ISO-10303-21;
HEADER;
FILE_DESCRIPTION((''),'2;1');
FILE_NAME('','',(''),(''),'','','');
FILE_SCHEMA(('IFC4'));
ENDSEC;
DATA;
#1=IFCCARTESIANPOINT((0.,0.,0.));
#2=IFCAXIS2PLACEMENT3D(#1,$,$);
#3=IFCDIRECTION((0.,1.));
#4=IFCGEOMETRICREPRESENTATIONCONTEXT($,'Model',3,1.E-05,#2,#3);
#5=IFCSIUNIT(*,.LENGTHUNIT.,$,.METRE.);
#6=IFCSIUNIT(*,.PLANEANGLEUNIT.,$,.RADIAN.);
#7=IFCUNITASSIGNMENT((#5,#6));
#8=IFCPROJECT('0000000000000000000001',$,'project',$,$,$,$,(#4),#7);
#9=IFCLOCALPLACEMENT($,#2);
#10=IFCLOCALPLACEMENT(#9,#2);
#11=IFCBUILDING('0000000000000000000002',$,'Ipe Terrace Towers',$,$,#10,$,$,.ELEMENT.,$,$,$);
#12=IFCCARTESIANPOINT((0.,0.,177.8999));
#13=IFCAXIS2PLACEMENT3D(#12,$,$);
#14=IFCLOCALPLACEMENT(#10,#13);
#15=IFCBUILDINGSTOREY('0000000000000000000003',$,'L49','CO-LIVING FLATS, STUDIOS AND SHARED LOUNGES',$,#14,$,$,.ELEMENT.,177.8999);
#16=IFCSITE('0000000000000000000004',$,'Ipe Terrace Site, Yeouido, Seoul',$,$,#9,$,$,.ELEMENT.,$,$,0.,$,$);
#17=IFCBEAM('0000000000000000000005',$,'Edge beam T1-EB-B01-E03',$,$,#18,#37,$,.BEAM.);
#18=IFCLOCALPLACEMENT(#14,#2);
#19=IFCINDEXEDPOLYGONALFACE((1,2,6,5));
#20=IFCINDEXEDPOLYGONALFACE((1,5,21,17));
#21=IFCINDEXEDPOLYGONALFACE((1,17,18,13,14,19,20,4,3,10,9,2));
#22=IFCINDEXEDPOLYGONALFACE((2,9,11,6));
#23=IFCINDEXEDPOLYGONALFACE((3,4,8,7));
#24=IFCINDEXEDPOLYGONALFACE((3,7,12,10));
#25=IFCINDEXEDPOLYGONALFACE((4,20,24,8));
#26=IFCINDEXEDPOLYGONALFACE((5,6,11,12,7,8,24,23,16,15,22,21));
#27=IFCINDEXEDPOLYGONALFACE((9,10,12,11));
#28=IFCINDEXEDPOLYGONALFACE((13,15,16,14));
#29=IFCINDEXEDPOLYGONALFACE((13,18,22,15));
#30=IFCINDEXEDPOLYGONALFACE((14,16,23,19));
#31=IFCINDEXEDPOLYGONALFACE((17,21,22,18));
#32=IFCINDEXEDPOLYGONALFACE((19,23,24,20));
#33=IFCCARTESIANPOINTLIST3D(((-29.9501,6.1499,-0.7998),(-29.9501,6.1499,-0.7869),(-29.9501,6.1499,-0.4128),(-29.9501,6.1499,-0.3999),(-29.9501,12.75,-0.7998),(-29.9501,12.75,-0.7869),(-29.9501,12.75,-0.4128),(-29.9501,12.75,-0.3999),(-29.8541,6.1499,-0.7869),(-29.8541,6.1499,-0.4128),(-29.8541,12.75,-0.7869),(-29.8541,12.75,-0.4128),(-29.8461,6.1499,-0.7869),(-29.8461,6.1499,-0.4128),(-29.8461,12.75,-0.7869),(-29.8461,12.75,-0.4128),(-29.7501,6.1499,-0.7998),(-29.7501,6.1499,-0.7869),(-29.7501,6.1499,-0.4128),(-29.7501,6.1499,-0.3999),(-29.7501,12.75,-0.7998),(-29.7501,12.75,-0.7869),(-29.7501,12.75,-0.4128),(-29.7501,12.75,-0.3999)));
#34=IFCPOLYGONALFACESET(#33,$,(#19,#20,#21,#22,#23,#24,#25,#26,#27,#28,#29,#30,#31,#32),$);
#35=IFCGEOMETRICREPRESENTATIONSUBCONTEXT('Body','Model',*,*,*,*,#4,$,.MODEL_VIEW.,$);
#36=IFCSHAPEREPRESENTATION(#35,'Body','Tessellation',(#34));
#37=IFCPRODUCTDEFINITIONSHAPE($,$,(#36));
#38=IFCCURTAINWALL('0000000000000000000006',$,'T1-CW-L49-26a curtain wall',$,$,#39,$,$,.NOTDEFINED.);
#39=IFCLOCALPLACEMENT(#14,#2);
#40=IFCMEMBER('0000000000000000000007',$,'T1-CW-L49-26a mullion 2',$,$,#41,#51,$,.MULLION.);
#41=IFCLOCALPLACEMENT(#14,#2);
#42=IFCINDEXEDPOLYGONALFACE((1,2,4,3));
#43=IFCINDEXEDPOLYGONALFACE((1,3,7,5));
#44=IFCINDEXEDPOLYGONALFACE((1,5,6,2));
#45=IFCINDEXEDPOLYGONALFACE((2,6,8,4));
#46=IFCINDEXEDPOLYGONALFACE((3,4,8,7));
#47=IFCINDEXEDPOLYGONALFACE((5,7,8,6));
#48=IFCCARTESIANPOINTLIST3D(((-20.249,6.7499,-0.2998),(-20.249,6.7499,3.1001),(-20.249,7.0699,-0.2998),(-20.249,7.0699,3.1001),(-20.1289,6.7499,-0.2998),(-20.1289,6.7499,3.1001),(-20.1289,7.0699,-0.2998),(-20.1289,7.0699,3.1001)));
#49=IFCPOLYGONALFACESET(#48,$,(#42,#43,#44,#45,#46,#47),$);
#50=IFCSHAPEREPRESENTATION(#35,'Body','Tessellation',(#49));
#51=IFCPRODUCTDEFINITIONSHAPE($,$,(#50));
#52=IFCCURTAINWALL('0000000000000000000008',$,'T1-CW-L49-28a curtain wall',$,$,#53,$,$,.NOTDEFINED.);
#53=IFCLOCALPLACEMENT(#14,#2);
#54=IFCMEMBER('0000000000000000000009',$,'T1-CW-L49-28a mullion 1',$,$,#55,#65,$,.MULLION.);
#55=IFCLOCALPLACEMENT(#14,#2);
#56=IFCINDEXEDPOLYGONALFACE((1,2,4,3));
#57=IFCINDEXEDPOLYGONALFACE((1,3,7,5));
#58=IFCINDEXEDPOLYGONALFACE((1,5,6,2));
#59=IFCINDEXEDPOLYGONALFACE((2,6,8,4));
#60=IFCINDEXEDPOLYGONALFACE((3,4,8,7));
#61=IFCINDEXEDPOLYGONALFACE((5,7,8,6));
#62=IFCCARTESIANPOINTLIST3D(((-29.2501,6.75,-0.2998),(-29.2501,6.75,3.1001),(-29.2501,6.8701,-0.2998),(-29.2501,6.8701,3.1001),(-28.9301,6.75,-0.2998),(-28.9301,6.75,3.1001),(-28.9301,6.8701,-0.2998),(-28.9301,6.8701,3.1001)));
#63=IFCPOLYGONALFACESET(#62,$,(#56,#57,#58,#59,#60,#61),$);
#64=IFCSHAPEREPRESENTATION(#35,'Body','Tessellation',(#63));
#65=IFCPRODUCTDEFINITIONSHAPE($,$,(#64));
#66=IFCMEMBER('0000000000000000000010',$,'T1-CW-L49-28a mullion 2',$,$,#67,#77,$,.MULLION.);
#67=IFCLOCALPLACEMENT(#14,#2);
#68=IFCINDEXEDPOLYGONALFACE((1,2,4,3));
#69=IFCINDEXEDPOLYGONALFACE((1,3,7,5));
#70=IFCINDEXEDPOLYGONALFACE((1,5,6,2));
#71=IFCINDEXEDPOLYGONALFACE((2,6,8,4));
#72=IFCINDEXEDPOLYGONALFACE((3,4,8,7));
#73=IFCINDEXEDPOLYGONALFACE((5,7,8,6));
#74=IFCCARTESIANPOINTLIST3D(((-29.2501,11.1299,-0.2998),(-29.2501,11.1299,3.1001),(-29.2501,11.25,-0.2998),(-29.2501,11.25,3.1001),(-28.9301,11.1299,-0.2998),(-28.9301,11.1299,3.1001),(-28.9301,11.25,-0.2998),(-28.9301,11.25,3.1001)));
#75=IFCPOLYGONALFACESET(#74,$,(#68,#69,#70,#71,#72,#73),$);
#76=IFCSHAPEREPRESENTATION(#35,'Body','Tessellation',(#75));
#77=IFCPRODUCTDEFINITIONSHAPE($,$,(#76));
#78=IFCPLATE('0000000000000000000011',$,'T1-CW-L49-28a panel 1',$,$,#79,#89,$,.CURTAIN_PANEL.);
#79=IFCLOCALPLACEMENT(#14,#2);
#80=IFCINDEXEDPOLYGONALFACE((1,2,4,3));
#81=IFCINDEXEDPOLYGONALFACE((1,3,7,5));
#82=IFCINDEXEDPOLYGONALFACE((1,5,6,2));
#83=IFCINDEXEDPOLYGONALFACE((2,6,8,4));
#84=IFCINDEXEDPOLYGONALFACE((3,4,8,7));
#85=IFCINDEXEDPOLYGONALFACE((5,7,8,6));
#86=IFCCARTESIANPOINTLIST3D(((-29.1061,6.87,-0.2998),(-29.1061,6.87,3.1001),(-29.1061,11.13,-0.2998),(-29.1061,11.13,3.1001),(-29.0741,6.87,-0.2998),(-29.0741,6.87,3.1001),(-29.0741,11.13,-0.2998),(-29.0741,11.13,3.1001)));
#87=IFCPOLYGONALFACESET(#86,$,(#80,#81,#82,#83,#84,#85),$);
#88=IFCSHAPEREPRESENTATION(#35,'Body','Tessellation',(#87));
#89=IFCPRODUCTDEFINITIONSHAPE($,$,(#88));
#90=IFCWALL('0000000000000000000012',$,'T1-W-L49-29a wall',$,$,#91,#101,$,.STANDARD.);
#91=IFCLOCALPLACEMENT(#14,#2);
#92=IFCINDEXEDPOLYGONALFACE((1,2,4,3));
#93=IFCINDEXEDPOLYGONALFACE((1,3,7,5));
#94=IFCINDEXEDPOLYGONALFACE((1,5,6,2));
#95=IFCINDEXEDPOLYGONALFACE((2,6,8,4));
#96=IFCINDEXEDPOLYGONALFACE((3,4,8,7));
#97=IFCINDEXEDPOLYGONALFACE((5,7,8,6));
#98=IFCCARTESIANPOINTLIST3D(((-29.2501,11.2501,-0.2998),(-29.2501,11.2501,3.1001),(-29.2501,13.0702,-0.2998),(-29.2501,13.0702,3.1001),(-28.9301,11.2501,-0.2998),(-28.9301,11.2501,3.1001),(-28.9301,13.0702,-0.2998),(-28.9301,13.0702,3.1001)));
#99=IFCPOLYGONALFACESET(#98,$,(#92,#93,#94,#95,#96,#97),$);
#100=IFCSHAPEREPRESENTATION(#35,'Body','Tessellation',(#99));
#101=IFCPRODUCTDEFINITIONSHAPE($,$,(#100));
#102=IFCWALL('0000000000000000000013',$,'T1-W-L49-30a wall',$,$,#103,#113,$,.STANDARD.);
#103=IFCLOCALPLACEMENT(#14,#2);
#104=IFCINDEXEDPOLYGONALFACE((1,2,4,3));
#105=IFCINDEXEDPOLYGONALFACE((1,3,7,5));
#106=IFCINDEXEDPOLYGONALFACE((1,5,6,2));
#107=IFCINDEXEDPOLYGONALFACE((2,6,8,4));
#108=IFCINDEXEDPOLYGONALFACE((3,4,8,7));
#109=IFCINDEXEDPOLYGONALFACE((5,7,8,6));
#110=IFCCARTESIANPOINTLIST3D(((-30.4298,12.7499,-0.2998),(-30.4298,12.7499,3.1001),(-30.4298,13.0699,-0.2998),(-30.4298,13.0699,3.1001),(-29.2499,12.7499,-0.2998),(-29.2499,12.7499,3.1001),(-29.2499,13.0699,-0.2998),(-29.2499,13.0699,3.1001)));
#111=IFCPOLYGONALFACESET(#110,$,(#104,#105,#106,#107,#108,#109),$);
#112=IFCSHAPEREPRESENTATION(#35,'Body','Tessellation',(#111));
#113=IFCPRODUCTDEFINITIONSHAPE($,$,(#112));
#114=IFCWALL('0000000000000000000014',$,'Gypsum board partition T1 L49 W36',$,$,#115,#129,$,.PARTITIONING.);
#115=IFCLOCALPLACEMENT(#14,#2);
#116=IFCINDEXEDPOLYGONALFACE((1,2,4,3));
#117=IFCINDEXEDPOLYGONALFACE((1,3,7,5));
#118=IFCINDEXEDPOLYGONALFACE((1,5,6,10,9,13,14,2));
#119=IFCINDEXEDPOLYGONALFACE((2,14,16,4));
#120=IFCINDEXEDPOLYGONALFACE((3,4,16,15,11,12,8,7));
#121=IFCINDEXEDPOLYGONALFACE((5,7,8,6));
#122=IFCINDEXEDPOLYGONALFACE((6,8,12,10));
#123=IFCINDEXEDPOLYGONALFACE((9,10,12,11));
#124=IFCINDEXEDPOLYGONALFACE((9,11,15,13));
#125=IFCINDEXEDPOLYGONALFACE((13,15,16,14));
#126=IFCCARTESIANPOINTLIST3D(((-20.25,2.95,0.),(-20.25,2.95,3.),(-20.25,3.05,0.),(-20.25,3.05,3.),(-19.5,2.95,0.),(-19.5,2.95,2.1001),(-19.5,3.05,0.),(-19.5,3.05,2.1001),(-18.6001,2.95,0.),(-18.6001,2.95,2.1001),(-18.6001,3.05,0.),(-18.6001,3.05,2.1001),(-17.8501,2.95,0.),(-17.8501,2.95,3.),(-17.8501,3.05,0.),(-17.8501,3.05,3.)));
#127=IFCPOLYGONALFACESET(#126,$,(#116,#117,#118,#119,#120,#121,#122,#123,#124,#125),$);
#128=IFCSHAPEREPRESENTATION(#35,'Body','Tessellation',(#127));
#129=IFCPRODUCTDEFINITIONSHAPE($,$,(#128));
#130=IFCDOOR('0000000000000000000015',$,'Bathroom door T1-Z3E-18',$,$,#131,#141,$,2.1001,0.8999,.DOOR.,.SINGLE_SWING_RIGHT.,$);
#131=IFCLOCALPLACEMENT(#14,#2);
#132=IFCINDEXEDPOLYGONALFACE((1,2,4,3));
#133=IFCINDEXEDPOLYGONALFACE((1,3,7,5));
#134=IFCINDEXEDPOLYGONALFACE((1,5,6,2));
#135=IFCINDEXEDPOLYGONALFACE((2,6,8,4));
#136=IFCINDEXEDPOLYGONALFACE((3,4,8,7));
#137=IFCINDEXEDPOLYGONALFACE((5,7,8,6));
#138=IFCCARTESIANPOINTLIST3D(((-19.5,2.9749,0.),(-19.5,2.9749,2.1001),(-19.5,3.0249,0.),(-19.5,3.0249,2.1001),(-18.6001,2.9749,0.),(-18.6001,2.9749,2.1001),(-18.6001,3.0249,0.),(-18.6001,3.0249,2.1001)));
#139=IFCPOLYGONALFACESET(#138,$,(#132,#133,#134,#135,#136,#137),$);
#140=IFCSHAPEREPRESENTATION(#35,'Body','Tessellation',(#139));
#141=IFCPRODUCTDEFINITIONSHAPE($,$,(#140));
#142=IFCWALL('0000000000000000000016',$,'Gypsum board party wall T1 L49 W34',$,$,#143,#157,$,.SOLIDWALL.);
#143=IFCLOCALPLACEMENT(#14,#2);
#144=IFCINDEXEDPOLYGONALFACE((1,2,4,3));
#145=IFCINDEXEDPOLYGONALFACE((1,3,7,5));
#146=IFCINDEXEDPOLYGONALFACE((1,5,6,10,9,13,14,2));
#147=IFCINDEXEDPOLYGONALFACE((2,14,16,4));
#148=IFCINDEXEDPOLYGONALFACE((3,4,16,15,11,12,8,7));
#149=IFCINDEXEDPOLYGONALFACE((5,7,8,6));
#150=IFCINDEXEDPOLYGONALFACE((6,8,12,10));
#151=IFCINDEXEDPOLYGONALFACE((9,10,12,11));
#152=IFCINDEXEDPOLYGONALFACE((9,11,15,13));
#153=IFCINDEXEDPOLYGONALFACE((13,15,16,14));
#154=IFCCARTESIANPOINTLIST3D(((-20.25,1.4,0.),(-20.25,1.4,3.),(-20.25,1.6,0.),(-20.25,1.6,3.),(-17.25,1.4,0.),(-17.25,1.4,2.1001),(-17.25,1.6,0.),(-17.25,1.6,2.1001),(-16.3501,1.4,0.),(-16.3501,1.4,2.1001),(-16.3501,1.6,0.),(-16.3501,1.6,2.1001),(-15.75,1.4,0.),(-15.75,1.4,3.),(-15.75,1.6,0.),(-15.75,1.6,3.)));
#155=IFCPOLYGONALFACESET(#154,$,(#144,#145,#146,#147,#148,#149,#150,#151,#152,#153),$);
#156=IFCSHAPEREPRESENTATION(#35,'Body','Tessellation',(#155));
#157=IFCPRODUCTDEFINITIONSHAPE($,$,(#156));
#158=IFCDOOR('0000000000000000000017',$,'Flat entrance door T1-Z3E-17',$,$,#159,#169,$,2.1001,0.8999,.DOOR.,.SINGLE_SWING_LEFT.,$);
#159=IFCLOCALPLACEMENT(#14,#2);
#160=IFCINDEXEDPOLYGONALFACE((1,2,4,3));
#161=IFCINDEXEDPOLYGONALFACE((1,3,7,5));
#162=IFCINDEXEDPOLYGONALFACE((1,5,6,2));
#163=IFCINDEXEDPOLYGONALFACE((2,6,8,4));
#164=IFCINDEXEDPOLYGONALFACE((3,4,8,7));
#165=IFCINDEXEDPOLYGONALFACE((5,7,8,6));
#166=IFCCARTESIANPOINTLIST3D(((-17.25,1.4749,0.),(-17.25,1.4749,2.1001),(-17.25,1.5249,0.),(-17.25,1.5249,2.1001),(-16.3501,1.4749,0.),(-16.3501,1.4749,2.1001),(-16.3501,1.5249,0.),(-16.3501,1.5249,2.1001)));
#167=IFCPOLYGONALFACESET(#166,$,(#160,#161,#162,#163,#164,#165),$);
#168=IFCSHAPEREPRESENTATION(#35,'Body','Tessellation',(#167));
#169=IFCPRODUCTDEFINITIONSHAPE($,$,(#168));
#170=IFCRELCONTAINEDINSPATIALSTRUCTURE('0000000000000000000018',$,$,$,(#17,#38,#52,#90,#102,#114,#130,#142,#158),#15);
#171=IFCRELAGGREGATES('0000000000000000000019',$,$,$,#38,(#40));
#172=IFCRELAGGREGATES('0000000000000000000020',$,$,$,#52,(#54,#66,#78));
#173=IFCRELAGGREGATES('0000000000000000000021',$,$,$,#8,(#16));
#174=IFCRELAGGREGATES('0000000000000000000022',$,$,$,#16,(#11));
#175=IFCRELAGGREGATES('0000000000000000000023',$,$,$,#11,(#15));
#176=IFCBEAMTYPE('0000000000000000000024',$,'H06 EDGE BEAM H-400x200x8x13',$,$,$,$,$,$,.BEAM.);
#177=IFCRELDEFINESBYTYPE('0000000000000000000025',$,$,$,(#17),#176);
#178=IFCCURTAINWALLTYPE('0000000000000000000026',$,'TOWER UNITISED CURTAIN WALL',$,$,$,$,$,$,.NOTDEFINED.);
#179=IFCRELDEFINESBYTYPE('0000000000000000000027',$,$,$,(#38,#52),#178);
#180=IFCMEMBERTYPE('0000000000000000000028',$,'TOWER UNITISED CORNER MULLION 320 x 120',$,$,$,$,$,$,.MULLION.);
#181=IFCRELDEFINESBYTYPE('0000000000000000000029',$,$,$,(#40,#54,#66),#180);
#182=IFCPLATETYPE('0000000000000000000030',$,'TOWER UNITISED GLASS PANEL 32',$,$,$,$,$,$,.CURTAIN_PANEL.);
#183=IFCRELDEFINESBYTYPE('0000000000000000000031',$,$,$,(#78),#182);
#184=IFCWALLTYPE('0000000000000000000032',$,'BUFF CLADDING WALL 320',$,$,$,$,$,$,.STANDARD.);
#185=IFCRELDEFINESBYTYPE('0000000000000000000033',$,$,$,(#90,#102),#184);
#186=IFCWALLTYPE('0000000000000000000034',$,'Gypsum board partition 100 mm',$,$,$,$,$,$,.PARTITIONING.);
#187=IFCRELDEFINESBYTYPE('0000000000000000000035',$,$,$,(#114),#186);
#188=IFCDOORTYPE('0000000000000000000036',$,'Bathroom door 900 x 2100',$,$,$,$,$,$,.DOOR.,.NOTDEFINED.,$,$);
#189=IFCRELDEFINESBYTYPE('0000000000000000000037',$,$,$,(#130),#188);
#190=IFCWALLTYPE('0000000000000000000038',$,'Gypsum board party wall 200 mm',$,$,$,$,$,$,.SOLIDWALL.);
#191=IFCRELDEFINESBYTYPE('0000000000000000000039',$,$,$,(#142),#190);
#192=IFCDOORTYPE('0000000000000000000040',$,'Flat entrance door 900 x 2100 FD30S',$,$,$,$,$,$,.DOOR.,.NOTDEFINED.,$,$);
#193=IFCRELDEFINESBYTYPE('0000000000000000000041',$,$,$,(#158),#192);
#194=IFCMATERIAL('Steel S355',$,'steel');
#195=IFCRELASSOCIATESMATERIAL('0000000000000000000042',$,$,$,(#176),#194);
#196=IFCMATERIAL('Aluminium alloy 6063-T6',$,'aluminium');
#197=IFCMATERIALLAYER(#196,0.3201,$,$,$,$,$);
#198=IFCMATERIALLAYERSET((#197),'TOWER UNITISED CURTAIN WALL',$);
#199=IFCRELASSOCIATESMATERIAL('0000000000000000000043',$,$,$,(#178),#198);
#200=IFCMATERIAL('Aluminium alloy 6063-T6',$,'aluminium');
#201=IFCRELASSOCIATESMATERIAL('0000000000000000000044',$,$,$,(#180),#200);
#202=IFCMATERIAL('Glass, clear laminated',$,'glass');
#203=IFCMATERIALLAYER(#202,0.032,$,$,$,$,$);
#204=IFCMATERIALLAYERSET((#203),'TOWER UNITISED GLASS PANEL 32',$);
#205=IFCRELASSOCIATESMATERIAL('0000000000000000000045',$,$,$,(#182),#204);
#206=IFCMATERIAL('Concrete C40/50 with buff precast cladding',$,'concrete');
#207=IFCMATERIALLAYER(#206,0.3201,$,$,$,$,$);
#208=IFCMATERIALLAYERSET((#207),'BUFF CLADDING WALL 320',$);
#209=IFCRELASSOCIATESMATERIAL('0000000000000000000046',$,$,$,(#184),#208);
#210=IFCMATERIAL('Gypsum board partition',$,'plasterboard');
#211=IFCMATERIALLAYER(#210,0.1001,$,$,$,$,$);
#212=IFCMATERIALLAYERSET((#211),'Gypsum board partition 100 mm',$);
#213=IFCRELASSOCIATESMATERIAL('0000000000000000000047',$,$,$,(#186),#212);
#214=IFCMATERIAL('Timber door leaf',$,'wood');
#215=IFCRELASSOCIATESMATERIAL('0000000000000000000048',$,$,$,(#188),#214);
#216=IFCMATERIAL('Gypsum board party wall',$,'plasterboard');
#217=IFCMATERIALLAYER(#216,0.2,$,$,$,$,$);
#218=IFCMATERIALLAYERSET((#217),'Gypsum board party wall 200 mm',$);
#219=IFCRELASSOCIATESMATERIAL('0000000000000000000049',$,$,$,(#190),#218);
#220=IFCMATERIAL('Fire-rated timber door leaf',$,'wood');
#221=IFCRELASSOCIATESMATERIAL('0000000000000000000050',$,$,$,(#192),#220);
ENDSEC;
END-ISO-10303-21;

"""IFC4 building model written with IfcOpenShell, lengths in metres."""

from ifc_helpers import new_model, si_unit, direction, frame, frame_2d, origin, origin_2d, place, context, subcontext, project, spatial, rectangle, i_section, extrude, material, layer, layer_set, material_profile, profile_set, type_object, element, fill, aggregate, save


model = new_model("IFC4")

# Units and contexts
model_context = context("Model", 3, precision=1e-05, world=origin(), true_north=direction((0.0, 1.0)))
body_context = subcontext(model_context, "Body", "Model", "MODEL_VIEW")
ifc_project = project(units=[si_unit("LENGTHUNIT", "METRE"), si_unit("PLANEANGLEUNIT", "RADIAN")], contexts=[model_context])

# Site, building, storey
site_placement = place(None, origin())
site = spatial("IfcSite", under=ifc_project, at=site_placement, Name="Ipe Terrace Site, Yeouido, Seoul", CompositionType="ELEMENT", RefElevation=0.0)
building_placement = place(site_placement, origin())
building = spatial("IfcBuilding", under=site, at=building_placement, Name="Ipe Terrace Towers", CompositionType="ELEMENT")
storey_placement = place(building_placement, frame((0.0, 0.0, 177.8999)))
storey = spatial("IfcBuildingStorey", under=building, at=storey_placement, Name="L49", Description="CO-LIVING FLATS, STUDIOS AND SHARED LOUNGES", CompositionType="ELEMENT", Elevation=177.8999)

# Beam
ifc_material_1 = material(Name="Steel S355", Category="steel")
ifc_material_profile_1 = material_profile(ifc_material_1, i_section(OverallWidth=0.2, OverallDepth=0.3999, WebThickness=0.0081, FlangeThickness=0.0129, at=origin_2d()), Name="H-400x200x8x13")
ifc_profile_set_1 = profile_set([ifc_material_profile_1], Name="Steel S355")
beam_type = type_object("IfcBeamType", Name="H06 EDGE BEAM H-400x200x8x13", PredefinedType="BEAM", material=ifc_profile_set_1)
beam_1_placement = place(storey_placement, frame((-29.8501, 12.75, -0.5999), z_axis=(0.0, -1.0, 0.0), x_axis=(1.0, 0.0, 0.0)))
element("IfcBeam", 1, at=beam_1_placement, inside=storey, type_object=beam_type, Name="Edge beam T1-EB-B01-E03", PredefinedType="BEAM", context=body_context, shape_type="SweptSolid", body=[
    extrude(i_section(OverallWidth=0.2, OverallDepth=0.3999, WebThickness=0.0081, FlangeThickness=0.0129, at=origin_2d()), origin(), (0.0, 0.0, 1.0), 6.6001),
])

# Curtain wall, member
ifc_material_2 = material(Name="Aluminium alloy 6063-T6", Category="aluminium")
ifc_layer_1 = layer(ifc_material_2, 0.3201)
ifc_layer_set_1 = layer_set([ifc_layer_1], Name="TOWER UNITISED CURTAIN WALL")
curtain_wall_type = type_object("IfcCurtainWallType", Name="TOWER UNITISED CURTAIN WALL", PredefinedType="NOTDEFINED", material=ifc_layer_set_1)
curtain_wall_1_placement = place(storey_placement, origin())
curtain_wall_1 = element("IfcCurtainWall", 2, at=curtain_wall_1_placement, inside=storey, type_object=curtain_wall_type, Name="T1-CW-L49-26a curtain wall", PredefinedType="NOTDEFINED")
ifc_material_3 = material(Name="Aluminium alloy 6063-T6", Category="aluminium")
ifc_material_profile_2 = material_profile(ifc_material_3, rectangle(XDim=0.3201, YDim=0.1201, at=origin_2d()), Name="TOWER UNITISED CORNER MULLION 320 x 120")
ifc_profile_set_2 = profile_set([ifc_material_profile_2], Name="Aluminium alloy 6063-T6")
member_type = type_object("IfcMemberType", Name="TOWER UNITISED CORNER MULLION 320 x 120", PredefinedType="MULLION", material=ifc_profile_set_2)
member_1_placement = place(storey_placement, frame((-20.189, 6.9099, -0.2998), z_axis=(0.0, 0.0, 1.0), x_axis=(0.0, 1.0, 0.0)))
member_1 = element("IfcMember", 3, at=member_1_placement, type_object=member_type, Name="T1-CW-L49-26a mullion 2", PredefinedType="MULLION", context=body_context, shape_type="SweptSolid", body=[
    extrude(rectangle(XDim=0.3201, YDim=0.1201, at=origin_2d()), origin(), (0.0, 0.0, 1.0), 3.3999),
])
aggregate(curtain_wall_1, [member_1])

# Curtain wall, members, plate
curtain_wall_2_placement = place(storey_placement, origin())
curtain_wall_2 = element("IfcCurtainWall", 4, at=curtain_wall_2_placement, inside=storey, type_object=curtain_wall_type, Name="T1-CW-L49-28a curtain wall", PredefinedType="NOTDEFINED")
member_2_placement = place(storey_placement, frame((-29.0901, 6.8101, -0.2998), z_axis=(0.0, 0.0, 1.0), x_axis=(1.0, 0.0, 0.0)))
member_2 = element("IfcMember", 5, at=member_2_placement, type_object=member_type, Name="T1-CW-L49-28a mullion 1", PredefinedType="MULLION", context=body_context, shape_type="SweptSolid", body=[
    extrude(rectangle(XDim=0.3201, YDim=0.1201, at=origin_2d()), origin(), (0.0, 0.0, 1.0), 3.3999),
])
member_3_placement = place(storey_placement, frame((-29.0901, 11.1899, -0.2998), z_axis=(0.0, 0.0, 1.0), x_axis=(1.0, 0.0, 0.0)))
member_3 = element("IfcMember", 6, at=member_3_placement, type_object=member_type, Name="T1-CW-L49-28a mullion 2", PredefinedType="MULLION", context=body_context, shape_type="SweptSolid", body=[
    extrude(rectangle(XDim=0.3201, YDim=0.1201, at=origin_2d()), origin(), (0.0, 0.0, 1.0), 3.3999),
])
ifc_material_4 = material(Name="Glass, clear laminated", Category="glass")
ifc_layer_2 = layer(ifc_material_4, 0.032)
ifc_layer_set_2 = layer_set([ifc_layer_2], Name="TOWER UNITISED GLASS PANEL 32")
plate_type = type_object("IfcPlateType", Name="TOWER UNITISED GLASS PANEL 32", PredefinedType="CURTAIN_PANEL", material=ifc_layer_set_2)
plate_placement = place(storey_placement, frame((-29.0901, 9.0, -0.2998), z_axis=(0.0, 0.0, 1.0), x_axis=(0.0, 1.0, 0.0)))
plate = element("IfcPlate", 7, at=plate_placement, type_object=plate_type, Name="T1-CW-L49-28a panel 1", PredefinedType="CURTAIN_PANEL", context=body_context, shape_type="SweptSolid", body=[
    extrude(rectangle(XDim=4.26, YDim=0.032, at=origin_2d()), origin(), (0.0, 0.0, 1.0), 3.3999),
])
aggregate(curtain_wall_2, [member_2, member_3, plate])

# Walls
ifc_material_5 = material(Name="Concrete C40/50 with buff precast cladding", Category="concrete")
ifc_layer_3 = layer(ifc_material_5, 0.3201)
ifc_layer_set_3 = layer_set([ifc_layer_3], Name="BUFF CLADDING WALL 320")
wall_type_1 = type_object("IfcWallType", Name="BUFF CLADDING WALL 320", PredefinedType="STANDARD", material=ifc_layer_set_3)
wall_1_placement = place(storey_placement, frame((-29.0901, 11.25, -0.2998), z_axis=(0.0, 0.0, 1.0), x_axis=(0.0, 1.0, 0.0)))
element("IfcWall", 8, at=wall_1_placement, inside=storey, type_object=wall_type_1, Name="T1-W-L49-29a wall", PredefinedType="STANDARD", context=body_context, shape_type="SweptSolid", body=[
    extrude(rectangle(XDim=1.8201, YDim=0.3201, at=frame_2d((0.9102, 0.0))), origin(), (0.0, 0.0, 1.0), 3.3999),
])
wall_2_placement = place(storey_placement, frame((-29.25, 12.9099, -0.2998), z_axis=(0.0, 0.0, 1.0), x_axis=(-1.0, 0.0, 0.0)))
element("IfcWall", 9, at=wall_2_placement, inside=storey, type_object=wall_type_1, Name="T1-W-L49-30a wall", PredefinedType="STANDARD", context=body_context, shape_type="SweptSolid", body=[
    extrude(rectangle(XDim=1.1799, YDim=0.3201, at=frame_2d((0.5898, 0.0))), origin(), (0.0, 0.0, 1.0), 3.3999),
])

# Walls, openings, doors
ifc_material_6 = material(Name="Gypsum board partition", Category="plasterboard")
ifc_layer_4 = layer(ifc_material_6, 0.1001)
ifc_layer_set_4 = layer_set([ifc_layer_4], Name="Gypsum board partition 100 mm")
wall_type_2 = type_object("IfcWallType", Name="Gypsum board partition 100 mm", PredefinedType="PARTITIONING", material=ifc_layer_set_4)
wall_3_placement = place(storey_placement, frame((-20.25, 3.0, 0.0), z_axis=(0.0, 0.0, 1.0), x_axis=(1.0, 0.0, 0.0)))
wall_3 = element("IfcWall", 10, at=wall_3_placement, inside=storey, type_object=wall_type_2, Name="Gypsum board partition T1 L49 W36", PredefinedType="PARTITIONING", context=body_context, shape_type="SweptSolid", body=[
    extrude(rectangle(XDim=2.3999, YDim=0.1001, at=frame_2d((1.2, 0.0))), origin(), (0.0, 0.0, 1.0), 3.0),
])
opening_1_placement = place(wall_3_placement, frame((0.75, 0.0, 0.0)))
opening_1 = element("IfcOpeningElement", 11, at=opening_1_placement, cuts=wall_3, PredefinedType="OPENING", context=body_context, shape_type="SweptSolid", body=[
    extrude(rectangle(XDim=0.8999, YDim=2.1001, at=frame_2d((0.45, 1.05))), frame((0.0, 0.0601, 0.0), z_axis=(0.0, -1.0, 0.0), x_axis=(1.0, 0.0, 0.0)), (0.0, 0.0, 1.0), 0.1201),
])
ifc_material_7 = material(Name="Timber door leaf", Category="wood")
door_type_1 = type_object("IfcDoorType", Name="Bathroom door 900 x 2100", OperationType="NOTDEFINED", PredefinedType="DOOR", material=ifc_material_7)
door_1_placement = place(opening_1_placement, origin())
door_1 = element("IfcDoor", 12, at=door_1_placement, inside=storey, type_object=door_type_1, Name="Bathroom door T1-Z3E-18", OperationType="SINGLE_SWING_RIGHT", OverallHeight=2.1001, OverallWidth=0.8999, PredefinedType="DOOR", context=body_context, shape_type="SweptSolid", body=[
    extrude(rectangle(XDim=0.8999, YDim=2.1001, at=frame_2d((0.45, 1.05))), frame((0.0, 0.0249, 0.0), z_axis=(0.0, -1.0, 0.0), x_axis=(1.0, 0.0, 0.0)), (0.0, 0.0, 1.0), 0.05),
])
fill(opening_1, door_1)
ifc_material_8 = material(Name="Gypsum board party wall", Category="plasterboard")
ifc_layer_5 = layer(ifc_material_8, 0.2)
ifc_layer_set_5 = layer_set([ifc_layer_5], Name="Gypsum board party wall 200 mm")
wall_type_3 = type_object("IfcWallType", Name="Gypsum board party wall 200 mm", PredefinedType="SOLIDWALL", material=ifc_layer_set_5)
wall_4_placement = place(storey_placement, frame((-20.25, 1.5, 0.0), z_axis=(0.0, 0.0, 1.0), x_axis=(1.0, 0.0, 0.0)))
wall_4 = element("IfcWall", 13, at=wall_4_placement, inside=storey, type_object=wall_type_3, Name="Gypsum board party wall T1 L49 W34", PredefinedType="SOLIDWALL", context=body_context, shape_type="SweptSolid", body=[
    extrude(rectangle(XDim=4.5, YDim=0.2, at=frame_2d((2.25, 0.0))), origin(), (0.0, 0.0, 1.0), 3.0),
])
opening_2_placement = place(wall_4_placement, frame((3.0, 0.0, 0.0)))
opening_2 = element("IfcOpeningElement", 14, at=opening_2_placement, cuts=wall_4, PredefinedType="OPENING", context=body_context, shape_type="SweptSolid", body=[
    extrude(rectangle(XDim=0.8999, YDim=2.1001, at=frame_2d((0.45, 1.05))), frame((0.0, 0.1099, 0.0), z_axis=(0.0, -1.0, 0.0), x_axis=(1.0, 0.0, 0.0)), (0.0, 0.0, 1.0), 0.22),
])
ifc_material_9 = material(Name="Fire-rated timber door leaf", Category="wood")
door_type_2 = type_object("IfcDoorType", Name="Flat entrance door 900 x 2100 FD30S", OperationType="NOTDEFINED", PredefinedType="DOOR", material=ifc_material_9)
door_2_placement = place(opening_2_placement, origin())
door_2 = element("IfcDoor", 15, at=door_2_placement, inside=storey, type_object=door_type_2, Name="Flat entrance door T1-Z3E-17", OperationType="SINGLE_SWING_LEFT", OverallHeight=2.1001, OverallWidth=0.8999, PredefinedType="DOOR", context=body_context, shape_type="SweptSolid", body=[
    extrude(rectangle(XDim=0.8999, YDim=2.1001, at=frame_2d((0.45, 1.05))), frame((0.0, 0.0249, 0.0), z_axis=(0.0, -1.0, 0.0), x_axis=(1.0, 0.0, 0.0)), (0.0, 0.0, 1.0), 0.05),
])
fill(opening_2, door_2)

save(model, "model.ifc")
